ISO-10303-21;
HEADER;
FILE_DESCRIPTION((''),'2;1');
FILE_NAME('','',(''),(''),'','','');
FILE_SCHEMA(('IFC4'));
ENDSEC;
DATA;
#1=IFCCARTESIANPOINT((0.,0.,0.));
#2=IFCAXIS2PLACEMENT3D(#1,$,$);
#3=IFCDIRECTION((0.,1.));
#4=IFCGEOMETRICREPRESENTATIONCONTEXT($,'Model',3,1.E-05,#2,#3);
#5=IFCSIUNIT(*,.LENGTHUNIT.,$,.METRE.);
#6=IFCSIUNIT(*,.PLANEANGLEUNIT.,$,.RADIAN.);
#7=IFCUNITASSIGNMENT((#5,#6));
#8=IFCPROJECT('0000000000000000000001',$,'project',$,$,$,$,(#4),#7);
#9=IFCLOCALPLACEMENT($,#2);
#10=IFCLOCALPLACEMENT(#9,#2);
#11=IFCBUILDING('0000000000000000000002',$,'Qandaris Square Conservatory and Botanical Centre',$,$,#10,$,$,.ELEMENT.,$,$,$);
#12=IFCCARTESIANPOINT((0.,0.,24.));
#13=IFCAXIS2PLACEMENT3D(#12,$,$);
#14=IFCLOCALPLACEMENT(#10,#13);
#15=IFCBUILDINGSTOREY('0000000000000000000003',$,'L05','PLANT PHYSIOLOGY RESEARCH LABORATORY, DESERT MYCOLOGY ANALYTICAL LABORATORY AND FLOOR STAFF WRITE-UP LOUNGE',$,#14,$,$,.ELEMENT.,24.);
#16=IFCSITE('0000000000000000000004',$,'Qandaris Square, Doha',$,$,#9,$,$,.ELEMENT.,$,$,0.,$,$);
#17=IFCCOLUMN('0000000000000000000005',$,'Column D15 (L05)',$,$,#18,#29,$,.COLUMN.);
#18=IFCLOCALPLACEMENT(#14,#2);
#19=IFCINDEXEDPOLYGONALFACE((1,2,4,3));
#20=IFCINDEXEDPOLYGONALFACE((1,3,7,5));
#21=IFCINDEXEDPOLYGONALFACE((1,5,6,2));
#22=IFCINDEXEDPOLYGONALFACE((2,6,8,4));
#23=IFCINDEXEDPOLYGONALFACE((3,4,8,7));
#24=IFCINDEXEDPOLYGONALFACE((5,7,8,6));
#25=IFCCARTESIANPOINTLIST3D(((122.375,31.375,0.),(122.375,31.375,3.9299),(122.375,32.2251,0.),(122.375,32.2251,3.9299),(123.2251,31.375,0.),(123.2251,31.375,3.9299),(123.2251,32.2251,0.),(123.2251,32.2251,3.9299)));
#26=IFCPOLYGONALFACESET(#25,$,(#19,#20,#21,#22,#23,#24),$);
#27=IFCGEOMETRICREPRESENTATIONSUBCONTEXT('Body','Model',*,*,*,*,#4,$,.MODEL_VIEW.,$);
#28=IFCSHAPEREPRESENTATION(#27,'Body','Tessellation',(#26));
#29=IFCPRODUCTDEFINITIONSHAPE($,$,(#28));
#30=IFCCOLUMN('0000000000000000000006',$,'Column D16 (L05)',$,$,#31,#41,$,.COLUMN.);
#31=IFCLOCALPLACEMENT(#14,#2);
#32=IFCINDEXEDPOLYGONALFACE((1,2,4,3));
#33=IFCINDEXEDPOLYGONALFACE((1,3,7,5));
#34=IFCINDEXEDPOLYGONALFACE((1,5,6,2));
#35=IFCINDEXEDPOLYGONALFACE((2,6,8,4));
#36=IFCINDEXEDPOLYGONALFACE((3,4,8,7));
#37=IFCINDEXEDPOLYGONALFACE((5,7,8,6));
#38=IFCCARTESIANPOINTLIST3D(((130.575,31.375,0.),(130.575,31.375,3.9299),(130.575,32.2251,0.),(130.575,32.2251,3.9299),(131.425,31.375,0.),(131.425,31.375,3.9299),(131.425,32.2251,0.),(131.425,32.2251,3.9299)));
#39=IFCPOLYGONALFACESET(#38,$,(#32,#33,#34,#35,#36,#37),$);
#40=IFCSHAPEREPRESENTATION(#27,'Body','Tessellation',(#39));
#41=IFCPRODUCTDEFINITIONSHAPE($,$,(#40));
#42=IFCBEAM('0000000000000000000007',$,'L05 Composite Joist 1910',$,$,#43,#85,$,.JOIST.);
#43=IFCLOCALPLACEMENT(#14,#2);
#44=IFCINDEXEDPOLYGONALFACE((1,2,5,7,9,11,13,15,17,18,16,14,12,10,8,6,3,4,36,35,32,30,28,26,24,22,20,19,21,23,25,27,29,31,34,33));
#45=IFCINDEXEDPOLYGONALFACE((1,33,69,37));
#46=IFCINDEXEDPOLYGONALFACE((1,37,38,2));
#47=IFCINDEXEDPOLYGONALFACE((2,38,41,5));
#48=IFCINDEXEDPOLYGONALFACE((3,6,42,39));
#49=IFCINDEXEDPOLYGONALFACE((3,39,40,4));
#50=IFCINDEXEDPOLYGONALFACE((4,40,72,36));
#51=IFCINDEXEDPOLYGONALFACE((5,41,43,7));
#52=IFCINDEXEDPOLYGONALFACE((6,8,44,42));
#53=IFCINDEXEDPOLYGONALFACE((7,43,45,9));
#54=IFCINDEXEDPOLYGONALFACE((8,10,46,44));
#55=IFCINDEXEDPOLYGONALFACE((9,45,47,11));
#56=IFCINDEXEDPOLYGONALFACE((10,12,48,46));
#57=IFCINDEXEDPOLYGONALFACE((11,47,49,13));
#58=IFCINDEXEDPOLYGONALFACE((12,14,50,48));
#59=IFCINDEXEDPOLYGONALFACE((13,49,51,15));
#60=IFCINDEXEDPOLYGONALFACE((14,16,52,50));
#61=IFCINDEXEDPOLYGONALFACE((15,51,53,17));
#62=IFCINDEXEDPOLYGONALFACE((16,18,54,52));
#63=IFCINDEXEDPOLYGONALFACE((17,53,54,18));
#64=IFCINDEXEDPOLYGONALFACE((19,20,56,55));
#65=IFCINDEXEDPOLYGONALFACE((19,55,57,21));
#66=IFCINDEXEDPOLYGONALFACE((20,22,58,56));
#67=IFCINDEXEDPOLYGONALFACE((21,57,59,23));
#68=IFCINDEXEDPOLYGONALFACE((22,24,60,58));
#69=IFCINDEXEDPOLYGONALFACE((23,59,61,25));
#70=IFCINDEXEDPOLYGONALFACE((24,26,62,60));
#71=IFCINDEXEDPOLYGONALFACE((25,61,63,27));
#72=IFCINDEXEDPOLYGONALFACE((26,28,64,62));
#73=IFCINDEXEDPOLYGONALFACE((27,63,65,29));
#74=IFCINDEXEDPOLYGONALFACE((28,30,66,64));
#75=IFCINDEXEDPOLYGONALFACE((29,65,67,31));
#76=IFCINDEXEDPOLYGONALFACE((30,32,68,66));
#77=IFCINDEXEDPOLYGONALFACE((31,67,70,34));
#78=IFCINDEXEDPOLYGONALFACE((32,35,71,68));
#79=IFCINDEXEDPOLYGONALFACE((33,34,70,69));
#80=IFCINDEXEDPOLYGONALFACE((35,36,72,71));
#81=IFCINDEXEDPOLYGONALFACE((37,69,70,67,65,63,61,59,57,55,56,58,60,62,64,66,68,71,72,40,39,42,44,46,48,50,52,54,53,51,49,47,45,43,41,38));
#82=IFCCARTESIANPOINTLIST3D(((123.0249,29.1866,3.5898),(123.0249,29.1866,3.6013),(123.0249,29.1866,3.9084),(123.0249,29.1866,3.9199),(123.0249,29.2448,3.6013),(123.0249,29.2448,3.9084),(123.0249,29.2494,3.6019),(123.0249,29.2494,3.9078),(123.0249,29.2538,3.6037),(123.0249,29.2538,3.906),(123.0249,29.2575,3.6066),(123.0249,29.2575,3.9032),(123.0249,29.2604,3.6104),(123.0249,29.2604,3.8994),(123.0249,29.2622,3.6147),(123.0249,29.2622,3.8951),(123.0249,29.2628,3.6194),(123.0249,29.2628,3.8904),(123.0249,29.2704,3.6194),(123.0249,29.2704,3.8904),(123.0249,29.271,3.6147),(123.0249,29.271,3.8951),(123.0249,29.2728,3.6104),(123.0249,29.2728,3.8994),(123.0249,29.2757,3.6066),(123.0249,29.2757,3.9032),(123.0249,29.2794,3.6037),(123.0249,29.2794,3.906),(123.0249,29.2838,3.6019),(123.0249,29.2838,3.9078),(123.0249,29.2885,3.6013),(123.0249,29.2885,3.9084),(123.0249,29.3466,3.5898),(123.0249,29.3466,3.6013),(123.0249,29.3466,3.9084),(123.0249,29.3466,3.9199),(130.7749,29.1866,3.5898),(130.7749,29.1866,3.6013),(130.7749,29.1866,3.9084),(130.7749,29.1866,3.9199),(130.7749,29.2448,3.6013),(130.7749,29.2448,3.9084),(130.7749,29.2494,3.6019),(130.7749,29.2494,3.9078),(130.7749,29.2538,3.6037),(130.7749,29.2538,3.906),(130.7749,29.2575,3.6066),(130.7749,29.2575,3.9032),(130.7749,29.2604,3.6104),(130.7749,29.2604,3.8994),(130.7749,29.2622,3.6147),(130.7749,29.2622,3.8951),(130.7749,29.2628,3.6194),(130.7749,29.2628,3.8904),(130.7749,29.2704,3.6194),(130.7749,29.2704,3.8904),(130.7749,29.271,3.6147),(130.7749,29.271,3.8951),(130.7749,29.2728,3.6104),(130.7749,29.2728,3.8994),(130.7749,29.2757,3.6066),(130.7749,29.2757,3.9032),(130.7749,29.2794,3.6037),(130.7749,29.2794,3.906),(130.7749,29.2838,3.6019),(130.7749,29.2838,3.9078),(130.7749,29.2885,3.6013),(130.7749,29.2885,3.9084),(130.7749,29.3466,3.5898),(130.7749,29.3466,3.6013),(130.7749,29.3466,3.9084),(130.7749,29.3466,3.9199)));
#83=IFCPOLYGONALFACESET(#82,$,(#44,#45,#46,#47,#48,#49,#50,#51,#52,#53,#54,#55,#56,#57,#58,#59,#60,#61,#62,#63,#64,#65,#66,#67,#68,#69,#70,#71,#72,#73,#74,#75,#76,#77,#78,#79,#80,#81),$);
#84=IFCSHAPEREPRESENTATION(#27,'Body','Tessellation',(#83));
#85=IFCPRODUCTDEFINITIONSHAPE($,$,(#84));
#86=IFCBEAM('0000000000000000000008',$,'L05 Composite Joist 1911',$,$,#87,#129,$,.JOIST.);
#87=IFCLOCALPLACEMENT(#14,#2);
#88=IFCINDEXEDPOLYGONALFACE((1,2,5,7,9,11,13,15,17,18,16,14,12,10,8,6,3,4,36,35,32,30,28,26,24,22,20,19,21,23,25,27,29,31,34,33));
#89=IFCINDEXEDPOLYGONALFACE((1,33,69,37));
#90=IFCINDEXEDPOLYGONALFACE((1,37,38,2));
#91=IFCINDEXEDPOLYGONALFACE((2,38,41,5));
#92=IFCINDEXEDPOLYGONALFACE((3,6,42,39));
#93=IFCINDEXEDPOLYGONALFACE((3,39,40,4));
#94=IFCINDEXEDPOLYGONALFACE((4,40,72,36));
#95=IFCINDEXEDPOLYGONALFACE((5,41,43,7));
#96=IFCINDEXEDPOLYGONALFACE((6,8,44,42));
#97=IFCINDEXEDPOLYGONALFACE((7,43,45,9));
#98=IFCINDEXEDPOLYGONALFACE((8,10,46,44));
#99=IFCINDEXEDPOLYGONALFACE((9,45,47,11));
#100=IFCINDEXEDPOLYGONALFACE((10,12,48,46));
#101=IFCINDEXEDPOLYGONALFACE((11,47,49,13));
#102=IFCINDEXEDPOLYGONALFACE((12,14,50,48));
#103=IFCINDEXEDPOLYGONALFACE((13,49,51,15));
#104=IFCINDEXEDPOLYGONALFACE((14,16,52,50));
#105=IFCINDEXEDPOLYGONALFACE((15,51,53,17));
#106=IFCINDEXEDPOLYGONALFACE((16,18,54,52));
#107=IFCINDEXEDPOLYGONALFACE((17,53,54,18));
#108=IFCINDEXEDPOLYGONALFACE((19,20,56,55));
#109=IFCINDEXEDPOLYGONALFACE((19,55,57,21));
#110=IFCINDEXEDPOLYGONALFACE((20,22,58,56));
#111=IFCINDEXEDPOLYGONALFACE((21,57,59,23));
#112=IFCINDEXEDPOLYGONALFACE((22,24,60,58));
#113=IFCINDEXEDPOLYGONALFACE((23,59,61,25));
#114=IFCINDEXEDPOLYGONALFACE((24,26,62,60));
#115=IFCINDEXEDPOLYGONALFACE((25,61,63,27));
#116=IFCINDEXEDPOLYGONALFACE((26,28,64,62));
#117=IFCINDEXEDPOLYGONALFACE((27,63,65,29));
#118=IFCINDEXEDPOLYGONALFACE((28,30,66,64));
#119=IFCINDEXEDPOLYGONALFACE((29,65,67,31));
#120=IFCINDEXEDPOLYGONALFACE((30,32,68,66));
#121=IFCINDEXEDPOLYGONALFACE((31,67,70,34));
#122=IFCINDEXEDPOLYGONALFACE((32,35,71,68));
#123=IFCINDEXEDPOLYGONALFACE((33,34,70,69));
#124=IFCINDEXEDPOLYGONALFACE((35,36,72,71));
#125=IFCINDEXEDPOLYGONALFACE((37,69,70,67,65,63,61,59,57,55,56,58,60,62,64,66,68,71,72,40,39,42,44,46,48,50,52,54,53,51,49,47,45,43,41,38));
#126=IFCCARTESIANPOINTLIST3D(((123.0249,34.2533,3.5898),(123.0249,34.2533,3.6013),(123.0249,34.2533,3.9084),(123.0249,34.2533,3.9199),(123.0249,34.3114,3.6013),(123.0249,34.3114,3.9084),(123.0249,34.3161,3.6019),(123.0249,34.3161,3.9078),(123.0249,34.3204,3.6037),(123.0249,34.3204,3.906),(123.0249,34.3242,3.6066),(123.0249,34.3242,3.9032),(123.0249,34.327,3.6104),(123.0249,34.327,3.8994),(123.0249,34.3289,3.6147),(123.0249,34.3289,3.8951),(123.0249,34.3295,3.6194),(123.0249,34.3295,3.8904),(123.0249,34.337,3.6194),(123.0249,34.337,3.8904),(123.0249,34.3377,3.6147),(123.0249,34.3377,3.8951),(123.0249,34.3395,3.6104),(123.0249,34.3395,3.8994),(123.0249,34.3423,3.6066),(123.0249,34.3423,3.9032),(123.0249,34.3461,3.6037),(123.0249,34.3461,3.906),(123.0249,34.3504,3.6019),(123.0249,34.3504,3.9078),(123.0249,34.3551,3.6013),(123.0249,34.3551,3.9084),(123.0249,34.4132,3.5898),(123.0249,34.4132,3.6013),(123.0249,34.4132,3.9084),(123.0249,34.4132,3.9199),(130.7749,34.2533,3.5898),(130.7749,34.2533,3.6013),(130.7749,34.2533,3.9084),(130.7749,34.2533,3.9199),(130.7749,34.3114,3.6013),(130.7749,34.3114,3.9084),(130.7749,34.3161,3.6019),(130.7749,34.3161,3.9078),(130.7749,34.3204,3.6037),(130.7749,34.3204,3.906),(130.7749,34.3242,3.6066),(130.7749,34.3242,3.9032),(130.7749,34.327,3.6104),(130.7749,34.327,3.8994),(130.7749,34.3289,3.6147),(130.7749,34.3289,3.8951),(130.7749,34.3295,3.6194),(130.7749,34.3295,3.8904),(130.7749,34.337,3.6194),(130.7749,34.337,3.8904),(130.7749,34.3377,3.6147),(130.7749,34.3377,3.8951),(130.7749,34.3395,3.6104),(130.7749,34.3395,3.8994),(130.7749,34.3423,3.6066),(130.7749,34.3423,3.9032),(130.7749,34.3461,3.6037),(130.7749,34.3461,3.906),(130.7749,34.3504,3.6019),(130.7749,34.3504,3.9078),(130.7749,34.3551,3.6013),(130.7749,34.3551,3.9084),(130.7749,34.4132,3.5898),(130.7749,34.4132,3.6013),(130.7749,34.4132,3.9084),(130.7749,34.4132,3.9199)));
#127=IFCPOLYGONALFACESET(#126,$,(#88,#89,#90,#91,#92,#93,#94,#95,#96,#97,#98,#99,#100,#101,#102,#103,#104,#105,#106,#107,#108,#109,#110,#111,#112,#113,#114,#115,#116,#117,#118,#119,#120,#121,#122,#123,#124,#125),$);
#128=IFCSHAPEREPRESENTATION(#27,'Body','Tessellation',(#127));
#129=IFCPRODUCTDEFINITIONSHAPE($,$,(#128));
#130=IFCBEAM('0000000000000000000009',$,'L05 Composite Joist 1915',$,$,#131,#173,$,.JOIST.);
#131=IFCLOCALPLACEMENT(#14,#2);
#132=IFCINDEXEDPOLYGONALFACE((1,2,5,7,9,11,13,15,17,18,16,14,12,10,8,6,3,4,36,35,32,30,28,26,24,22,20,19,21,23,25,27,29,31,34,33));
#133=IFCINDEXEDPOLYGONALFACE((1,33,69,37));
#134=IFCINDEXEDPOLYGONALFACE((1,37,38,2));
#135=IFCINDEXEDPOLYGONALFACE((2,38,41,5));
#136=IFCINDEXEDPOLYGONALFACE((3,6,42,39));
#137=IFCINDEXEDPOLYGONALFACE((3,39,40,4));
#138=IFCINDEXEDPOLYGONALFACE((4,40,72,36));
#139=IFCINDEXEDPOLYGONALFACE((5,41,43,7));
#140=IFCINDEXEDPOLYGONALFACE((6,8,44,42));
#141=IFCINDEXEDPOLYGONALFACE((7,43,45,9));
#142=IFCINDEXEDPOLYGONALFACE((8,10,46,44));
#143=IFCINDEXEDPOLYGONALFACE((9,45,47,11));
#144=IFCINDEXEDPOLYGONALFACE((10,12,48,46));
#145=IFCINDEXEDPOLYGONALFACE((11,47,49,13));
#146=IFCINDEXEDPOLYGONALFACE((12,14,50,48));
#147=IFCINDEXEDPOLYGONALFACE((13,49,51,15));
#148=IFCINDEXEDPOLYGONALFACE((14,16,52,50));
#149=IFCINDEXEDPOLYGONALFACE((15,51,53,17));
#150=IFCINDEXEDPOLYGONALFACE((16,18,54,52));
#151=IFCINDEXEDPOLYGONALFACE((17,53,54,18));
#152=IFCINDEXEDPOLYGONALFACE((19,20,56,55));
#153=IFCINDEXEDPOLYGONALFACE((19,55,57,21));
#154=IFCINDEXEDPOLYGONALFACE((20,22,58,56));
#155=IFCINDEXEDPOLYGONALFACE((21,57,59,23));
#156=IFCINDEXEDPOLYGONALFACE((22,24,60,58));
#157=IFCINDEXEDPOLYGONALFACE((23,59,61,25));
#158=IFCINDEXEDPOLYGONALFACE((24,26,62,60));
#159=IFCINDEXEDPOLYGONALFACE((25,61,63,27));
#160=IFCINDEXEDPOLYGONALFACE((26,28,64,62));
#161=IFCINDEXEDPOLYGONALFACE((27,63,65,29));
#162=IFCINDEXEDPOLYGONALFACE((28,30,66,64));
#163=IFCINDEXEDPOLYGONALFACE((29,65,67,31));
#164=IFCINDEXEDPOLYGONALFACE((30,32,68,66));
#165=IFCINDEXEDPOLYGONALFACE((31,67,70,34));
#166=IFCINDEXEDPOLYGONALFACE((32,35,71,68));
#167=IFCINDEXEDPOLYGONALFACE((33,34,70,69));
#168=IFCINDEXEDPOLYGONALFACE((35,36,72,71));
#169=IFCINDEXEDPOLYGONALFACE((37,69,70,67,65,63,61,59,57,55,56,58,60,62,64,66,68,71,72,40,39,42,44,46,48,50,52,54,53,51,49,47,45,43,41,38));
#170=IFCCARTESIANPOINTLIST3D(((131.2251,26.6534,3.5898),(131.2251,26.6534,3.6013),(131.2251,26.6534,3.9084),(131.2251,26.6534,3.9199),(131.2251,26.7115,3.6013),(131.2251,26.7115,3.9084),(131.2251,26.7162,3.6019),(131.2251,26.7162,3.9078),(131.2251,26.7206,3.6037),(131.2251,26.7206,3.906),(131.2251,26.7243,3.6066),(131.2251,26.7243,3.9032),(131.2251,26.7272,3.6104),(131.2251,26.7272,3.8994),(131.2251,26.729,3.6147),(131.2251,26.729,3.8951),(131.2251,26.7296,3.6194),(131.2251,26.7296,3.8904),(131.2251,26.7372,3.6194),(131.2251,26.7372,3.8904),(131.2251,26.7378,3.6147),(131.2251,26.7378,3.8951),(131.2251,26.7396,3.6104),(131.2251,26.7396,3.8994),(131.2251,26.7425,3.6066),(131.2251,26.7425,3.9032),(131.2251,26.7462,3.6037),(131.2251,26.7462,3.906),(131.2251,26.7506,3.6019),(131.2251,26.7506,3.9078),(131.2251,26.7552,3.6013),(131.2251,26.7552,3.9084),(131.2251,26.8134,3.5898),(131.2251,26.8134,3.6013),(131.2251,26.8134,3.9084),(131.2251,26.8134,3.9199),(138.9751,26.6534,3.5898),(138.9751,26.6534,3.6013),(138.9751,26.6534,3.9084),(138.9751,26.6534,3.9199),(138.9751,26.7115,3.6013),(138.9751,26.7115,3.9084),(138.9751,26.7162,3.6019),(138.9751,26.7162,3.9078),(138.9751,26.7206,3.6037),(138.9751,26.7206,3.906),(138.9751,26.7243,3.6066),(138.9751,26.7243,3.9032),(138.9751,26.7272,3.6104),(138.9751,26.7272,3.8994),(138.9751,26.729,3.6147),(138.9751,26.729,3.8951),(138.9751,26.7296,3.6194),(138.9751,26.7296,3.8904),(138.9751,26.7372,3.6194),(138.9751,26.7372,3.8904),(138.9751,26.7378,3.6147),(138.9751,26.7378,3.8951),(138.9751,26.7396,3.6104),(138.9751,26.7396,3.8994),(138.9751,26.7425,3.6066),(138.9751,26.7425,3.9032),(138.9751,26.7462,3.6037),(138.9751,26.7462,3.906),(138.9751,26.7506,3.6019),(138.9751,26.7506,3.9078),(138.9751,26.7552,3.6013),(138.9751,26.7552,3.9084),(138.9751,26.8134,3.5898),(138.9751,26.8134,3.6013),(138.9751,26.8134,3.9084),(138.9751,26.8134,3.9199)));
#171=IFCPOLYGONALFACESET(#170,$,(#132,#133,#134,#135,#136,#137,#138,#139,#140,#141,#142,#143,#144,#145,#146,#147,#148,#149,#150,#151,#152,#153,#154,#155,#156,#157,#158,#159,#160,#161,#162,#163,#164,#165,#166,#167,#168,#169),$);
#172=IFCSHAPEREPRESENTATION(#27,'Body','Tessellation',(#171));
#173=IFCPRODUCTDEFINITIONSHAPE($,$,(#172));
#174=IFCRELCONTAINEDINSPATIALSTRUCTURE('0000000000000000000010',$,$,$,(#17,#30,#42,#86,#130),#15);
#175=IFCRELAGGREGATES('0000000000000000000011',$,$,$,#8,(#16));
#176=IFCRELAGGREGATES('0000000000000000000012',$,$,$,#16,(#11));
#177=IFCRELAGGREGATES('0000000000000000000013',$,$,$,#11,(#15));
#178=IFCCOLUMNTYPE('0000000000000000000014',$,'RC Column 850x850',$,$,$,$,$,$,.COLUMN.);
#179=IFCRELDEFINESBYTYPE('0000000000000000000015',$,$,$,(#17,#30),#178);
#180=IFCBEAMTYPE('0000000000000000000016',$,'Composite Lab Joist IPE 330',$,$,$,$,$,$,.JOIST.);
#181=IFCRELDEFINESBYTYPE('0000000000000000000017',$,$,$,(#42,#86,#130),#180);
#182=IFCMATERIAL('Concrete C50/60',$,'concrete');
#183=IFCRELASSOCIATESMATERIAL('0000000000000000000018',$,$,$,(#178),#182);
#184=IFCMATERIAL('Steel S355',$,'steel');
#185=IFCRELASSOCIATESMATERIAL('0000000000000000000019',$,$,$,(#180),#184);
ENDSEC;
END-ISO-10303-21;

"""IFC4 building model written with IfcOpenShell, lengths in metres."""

from ifc_helpers import new_model, si_unit, direction, frame, origin, origin_2d, place, context, subcontext, project, spatial, rectangle, i_section, extrude, material, material_profile, profile_set, type_object, element, save


model = new_model("IFC4")

# Units and contexts
model_context = context("Model", 3, precision=1e-05, world=origin(), true_north=direction((0.0, 1.0)))
body_context = subcontext(model_context, "Body", "Model", "MODEL_VIEW")
ifc_project = project(units=[si_unit("LENGTHUNIT", "METRE"), si_unit("PLANEANGLEUNIT", "RADIAN")], contexts=[model_context])

# Site, building, storey
site_placement = place(None, origin())
site = spatial("IfcSite", under=ifc_project, at=site_placement, Name="Qandaris Square, Doha", CompositionType="ELEMENT", RefElevation=0.0)
building_placement = place(site_placement, origin())
building = spatial("IfcBuilding", under=site, at=building_placement, Name="Qandaris Square Conservatory and Botanical Centre", CompositionType="ELEMENT")
storey_placement = place(building_placement, frame((0.0, 0.0, 24.0)))
storey = spatial("IfcBuildingStorey", under=building, at=storey_placement, Name="L05", Description="PLANT PHYSIOLOGY RESEARCH LABORATORY, DESERT MYCOLOGY ANALYTICAL LABORATORY AND FLOOR STAFF WRITE-UP LOUNGE", CompositionType="ELEMENT", Elevation=24.0)

# Columns
ifc_material_1 = material(Name="Concrete C50/60", Category="concrete")
ifc_material_profile_1 = material_profile(ifc_material_1, rectangle(XDim=0.8501, YDim=0.8501, at=origin_2d()), Name="RC-COL 850x850")
ifc_profile_set_1 = profile_set([ifc_material_profile_1], Name="Concrete C50/60")
column_type = type_object("IfcColumnType", Name="RC Column 850x850", PredefinedType="COLUMN", material=ifc_profile_set_1)
for number, where, z_axis, x_axis, name in (
    (1, (122.8, 31.8, 0.0), (0.0, 0.0, 1.0), (1.0, 0.0, 0.0), "Column D15 (L05)"),
    (2, (131.0, 31.8, 0.0), (0.0, 0.0, 1.0), (1.0, 0.0, 0.0), "Column D16 (L05)"),
):
    element("IfcColumn", number, at=place(storey_placement, frame(where, z_axis=z_axis, x_axis=x_axis)), inside=storey, type_object=column_type, Name=name, PredefinedType="COLUMN", context=body_context, shape_type="SweptSolid", body=[
        extrude(rectangle(XDim=0.8501, YDim=0.8501, at=origin_2d()), origin(), (0.0, 0.0, 1.0), 3.9299),
    ])

# Beams
ifc_material_2 = material(Name="Steel S355", Category="steel")
ifc_material_profile_2 = material_profile(ifc_material_2, i_section(OverallWidth=0.1599, OverallDepth=0.3301, WebThickness=0.0076, FlangeThickness=0.0115, FilletRadius=0.0181, at=origin_2d()), Name="IPE 330")
ifc_profile_set_2 = profile_set([ifc_material_profile_2], Name="Steel S355")
beam_type_1 = type_object("IfcBeamType", Name="Composite Lab Joist IPE 330", PredefinedType="JOIST", material=ifc_profile_set_2)
for number, where, z_axis, x_axis, name in (
    (3, (123.0249, 29.2666, 3.7549), (1.0, 0.0, 0.0), (0.0, 1.0, 0.0), "L05 Composite Joist 1910"),
    (4, (123.0249, 34.3333, 3.7549), (1.0, 0.0, 0.0), (0.0, 1.0, 0.0), "L05 Composite Joist 1911"),
    (5, (131.2251, 26.7334, 3.7549), (1.0, 0.0, 0.0), (0.0, 1.0, 0.0), "L05 Composite Joist 1915"),
):
    element("IfcBeam", number, at=place(storey_placement, frame(where, z_axis=z_axis, x_axis=x_axis)), inside=storey, type_object=beam_type_1, Name=name, PredefinedType="JOIST", context=body_context, shape_type="SweptSolid", body=[
        extrude(i_section(OverallWidth=0.1599, OverallDepth=0.3301, WebThickness=0.0076, FlangeThickness=0.0115, FilletRadius=0.0181, at=origin_2d()), origin(), (0.0, 0.0, 1.0), 7.75),
    ])

save(model, "model.ifc")
